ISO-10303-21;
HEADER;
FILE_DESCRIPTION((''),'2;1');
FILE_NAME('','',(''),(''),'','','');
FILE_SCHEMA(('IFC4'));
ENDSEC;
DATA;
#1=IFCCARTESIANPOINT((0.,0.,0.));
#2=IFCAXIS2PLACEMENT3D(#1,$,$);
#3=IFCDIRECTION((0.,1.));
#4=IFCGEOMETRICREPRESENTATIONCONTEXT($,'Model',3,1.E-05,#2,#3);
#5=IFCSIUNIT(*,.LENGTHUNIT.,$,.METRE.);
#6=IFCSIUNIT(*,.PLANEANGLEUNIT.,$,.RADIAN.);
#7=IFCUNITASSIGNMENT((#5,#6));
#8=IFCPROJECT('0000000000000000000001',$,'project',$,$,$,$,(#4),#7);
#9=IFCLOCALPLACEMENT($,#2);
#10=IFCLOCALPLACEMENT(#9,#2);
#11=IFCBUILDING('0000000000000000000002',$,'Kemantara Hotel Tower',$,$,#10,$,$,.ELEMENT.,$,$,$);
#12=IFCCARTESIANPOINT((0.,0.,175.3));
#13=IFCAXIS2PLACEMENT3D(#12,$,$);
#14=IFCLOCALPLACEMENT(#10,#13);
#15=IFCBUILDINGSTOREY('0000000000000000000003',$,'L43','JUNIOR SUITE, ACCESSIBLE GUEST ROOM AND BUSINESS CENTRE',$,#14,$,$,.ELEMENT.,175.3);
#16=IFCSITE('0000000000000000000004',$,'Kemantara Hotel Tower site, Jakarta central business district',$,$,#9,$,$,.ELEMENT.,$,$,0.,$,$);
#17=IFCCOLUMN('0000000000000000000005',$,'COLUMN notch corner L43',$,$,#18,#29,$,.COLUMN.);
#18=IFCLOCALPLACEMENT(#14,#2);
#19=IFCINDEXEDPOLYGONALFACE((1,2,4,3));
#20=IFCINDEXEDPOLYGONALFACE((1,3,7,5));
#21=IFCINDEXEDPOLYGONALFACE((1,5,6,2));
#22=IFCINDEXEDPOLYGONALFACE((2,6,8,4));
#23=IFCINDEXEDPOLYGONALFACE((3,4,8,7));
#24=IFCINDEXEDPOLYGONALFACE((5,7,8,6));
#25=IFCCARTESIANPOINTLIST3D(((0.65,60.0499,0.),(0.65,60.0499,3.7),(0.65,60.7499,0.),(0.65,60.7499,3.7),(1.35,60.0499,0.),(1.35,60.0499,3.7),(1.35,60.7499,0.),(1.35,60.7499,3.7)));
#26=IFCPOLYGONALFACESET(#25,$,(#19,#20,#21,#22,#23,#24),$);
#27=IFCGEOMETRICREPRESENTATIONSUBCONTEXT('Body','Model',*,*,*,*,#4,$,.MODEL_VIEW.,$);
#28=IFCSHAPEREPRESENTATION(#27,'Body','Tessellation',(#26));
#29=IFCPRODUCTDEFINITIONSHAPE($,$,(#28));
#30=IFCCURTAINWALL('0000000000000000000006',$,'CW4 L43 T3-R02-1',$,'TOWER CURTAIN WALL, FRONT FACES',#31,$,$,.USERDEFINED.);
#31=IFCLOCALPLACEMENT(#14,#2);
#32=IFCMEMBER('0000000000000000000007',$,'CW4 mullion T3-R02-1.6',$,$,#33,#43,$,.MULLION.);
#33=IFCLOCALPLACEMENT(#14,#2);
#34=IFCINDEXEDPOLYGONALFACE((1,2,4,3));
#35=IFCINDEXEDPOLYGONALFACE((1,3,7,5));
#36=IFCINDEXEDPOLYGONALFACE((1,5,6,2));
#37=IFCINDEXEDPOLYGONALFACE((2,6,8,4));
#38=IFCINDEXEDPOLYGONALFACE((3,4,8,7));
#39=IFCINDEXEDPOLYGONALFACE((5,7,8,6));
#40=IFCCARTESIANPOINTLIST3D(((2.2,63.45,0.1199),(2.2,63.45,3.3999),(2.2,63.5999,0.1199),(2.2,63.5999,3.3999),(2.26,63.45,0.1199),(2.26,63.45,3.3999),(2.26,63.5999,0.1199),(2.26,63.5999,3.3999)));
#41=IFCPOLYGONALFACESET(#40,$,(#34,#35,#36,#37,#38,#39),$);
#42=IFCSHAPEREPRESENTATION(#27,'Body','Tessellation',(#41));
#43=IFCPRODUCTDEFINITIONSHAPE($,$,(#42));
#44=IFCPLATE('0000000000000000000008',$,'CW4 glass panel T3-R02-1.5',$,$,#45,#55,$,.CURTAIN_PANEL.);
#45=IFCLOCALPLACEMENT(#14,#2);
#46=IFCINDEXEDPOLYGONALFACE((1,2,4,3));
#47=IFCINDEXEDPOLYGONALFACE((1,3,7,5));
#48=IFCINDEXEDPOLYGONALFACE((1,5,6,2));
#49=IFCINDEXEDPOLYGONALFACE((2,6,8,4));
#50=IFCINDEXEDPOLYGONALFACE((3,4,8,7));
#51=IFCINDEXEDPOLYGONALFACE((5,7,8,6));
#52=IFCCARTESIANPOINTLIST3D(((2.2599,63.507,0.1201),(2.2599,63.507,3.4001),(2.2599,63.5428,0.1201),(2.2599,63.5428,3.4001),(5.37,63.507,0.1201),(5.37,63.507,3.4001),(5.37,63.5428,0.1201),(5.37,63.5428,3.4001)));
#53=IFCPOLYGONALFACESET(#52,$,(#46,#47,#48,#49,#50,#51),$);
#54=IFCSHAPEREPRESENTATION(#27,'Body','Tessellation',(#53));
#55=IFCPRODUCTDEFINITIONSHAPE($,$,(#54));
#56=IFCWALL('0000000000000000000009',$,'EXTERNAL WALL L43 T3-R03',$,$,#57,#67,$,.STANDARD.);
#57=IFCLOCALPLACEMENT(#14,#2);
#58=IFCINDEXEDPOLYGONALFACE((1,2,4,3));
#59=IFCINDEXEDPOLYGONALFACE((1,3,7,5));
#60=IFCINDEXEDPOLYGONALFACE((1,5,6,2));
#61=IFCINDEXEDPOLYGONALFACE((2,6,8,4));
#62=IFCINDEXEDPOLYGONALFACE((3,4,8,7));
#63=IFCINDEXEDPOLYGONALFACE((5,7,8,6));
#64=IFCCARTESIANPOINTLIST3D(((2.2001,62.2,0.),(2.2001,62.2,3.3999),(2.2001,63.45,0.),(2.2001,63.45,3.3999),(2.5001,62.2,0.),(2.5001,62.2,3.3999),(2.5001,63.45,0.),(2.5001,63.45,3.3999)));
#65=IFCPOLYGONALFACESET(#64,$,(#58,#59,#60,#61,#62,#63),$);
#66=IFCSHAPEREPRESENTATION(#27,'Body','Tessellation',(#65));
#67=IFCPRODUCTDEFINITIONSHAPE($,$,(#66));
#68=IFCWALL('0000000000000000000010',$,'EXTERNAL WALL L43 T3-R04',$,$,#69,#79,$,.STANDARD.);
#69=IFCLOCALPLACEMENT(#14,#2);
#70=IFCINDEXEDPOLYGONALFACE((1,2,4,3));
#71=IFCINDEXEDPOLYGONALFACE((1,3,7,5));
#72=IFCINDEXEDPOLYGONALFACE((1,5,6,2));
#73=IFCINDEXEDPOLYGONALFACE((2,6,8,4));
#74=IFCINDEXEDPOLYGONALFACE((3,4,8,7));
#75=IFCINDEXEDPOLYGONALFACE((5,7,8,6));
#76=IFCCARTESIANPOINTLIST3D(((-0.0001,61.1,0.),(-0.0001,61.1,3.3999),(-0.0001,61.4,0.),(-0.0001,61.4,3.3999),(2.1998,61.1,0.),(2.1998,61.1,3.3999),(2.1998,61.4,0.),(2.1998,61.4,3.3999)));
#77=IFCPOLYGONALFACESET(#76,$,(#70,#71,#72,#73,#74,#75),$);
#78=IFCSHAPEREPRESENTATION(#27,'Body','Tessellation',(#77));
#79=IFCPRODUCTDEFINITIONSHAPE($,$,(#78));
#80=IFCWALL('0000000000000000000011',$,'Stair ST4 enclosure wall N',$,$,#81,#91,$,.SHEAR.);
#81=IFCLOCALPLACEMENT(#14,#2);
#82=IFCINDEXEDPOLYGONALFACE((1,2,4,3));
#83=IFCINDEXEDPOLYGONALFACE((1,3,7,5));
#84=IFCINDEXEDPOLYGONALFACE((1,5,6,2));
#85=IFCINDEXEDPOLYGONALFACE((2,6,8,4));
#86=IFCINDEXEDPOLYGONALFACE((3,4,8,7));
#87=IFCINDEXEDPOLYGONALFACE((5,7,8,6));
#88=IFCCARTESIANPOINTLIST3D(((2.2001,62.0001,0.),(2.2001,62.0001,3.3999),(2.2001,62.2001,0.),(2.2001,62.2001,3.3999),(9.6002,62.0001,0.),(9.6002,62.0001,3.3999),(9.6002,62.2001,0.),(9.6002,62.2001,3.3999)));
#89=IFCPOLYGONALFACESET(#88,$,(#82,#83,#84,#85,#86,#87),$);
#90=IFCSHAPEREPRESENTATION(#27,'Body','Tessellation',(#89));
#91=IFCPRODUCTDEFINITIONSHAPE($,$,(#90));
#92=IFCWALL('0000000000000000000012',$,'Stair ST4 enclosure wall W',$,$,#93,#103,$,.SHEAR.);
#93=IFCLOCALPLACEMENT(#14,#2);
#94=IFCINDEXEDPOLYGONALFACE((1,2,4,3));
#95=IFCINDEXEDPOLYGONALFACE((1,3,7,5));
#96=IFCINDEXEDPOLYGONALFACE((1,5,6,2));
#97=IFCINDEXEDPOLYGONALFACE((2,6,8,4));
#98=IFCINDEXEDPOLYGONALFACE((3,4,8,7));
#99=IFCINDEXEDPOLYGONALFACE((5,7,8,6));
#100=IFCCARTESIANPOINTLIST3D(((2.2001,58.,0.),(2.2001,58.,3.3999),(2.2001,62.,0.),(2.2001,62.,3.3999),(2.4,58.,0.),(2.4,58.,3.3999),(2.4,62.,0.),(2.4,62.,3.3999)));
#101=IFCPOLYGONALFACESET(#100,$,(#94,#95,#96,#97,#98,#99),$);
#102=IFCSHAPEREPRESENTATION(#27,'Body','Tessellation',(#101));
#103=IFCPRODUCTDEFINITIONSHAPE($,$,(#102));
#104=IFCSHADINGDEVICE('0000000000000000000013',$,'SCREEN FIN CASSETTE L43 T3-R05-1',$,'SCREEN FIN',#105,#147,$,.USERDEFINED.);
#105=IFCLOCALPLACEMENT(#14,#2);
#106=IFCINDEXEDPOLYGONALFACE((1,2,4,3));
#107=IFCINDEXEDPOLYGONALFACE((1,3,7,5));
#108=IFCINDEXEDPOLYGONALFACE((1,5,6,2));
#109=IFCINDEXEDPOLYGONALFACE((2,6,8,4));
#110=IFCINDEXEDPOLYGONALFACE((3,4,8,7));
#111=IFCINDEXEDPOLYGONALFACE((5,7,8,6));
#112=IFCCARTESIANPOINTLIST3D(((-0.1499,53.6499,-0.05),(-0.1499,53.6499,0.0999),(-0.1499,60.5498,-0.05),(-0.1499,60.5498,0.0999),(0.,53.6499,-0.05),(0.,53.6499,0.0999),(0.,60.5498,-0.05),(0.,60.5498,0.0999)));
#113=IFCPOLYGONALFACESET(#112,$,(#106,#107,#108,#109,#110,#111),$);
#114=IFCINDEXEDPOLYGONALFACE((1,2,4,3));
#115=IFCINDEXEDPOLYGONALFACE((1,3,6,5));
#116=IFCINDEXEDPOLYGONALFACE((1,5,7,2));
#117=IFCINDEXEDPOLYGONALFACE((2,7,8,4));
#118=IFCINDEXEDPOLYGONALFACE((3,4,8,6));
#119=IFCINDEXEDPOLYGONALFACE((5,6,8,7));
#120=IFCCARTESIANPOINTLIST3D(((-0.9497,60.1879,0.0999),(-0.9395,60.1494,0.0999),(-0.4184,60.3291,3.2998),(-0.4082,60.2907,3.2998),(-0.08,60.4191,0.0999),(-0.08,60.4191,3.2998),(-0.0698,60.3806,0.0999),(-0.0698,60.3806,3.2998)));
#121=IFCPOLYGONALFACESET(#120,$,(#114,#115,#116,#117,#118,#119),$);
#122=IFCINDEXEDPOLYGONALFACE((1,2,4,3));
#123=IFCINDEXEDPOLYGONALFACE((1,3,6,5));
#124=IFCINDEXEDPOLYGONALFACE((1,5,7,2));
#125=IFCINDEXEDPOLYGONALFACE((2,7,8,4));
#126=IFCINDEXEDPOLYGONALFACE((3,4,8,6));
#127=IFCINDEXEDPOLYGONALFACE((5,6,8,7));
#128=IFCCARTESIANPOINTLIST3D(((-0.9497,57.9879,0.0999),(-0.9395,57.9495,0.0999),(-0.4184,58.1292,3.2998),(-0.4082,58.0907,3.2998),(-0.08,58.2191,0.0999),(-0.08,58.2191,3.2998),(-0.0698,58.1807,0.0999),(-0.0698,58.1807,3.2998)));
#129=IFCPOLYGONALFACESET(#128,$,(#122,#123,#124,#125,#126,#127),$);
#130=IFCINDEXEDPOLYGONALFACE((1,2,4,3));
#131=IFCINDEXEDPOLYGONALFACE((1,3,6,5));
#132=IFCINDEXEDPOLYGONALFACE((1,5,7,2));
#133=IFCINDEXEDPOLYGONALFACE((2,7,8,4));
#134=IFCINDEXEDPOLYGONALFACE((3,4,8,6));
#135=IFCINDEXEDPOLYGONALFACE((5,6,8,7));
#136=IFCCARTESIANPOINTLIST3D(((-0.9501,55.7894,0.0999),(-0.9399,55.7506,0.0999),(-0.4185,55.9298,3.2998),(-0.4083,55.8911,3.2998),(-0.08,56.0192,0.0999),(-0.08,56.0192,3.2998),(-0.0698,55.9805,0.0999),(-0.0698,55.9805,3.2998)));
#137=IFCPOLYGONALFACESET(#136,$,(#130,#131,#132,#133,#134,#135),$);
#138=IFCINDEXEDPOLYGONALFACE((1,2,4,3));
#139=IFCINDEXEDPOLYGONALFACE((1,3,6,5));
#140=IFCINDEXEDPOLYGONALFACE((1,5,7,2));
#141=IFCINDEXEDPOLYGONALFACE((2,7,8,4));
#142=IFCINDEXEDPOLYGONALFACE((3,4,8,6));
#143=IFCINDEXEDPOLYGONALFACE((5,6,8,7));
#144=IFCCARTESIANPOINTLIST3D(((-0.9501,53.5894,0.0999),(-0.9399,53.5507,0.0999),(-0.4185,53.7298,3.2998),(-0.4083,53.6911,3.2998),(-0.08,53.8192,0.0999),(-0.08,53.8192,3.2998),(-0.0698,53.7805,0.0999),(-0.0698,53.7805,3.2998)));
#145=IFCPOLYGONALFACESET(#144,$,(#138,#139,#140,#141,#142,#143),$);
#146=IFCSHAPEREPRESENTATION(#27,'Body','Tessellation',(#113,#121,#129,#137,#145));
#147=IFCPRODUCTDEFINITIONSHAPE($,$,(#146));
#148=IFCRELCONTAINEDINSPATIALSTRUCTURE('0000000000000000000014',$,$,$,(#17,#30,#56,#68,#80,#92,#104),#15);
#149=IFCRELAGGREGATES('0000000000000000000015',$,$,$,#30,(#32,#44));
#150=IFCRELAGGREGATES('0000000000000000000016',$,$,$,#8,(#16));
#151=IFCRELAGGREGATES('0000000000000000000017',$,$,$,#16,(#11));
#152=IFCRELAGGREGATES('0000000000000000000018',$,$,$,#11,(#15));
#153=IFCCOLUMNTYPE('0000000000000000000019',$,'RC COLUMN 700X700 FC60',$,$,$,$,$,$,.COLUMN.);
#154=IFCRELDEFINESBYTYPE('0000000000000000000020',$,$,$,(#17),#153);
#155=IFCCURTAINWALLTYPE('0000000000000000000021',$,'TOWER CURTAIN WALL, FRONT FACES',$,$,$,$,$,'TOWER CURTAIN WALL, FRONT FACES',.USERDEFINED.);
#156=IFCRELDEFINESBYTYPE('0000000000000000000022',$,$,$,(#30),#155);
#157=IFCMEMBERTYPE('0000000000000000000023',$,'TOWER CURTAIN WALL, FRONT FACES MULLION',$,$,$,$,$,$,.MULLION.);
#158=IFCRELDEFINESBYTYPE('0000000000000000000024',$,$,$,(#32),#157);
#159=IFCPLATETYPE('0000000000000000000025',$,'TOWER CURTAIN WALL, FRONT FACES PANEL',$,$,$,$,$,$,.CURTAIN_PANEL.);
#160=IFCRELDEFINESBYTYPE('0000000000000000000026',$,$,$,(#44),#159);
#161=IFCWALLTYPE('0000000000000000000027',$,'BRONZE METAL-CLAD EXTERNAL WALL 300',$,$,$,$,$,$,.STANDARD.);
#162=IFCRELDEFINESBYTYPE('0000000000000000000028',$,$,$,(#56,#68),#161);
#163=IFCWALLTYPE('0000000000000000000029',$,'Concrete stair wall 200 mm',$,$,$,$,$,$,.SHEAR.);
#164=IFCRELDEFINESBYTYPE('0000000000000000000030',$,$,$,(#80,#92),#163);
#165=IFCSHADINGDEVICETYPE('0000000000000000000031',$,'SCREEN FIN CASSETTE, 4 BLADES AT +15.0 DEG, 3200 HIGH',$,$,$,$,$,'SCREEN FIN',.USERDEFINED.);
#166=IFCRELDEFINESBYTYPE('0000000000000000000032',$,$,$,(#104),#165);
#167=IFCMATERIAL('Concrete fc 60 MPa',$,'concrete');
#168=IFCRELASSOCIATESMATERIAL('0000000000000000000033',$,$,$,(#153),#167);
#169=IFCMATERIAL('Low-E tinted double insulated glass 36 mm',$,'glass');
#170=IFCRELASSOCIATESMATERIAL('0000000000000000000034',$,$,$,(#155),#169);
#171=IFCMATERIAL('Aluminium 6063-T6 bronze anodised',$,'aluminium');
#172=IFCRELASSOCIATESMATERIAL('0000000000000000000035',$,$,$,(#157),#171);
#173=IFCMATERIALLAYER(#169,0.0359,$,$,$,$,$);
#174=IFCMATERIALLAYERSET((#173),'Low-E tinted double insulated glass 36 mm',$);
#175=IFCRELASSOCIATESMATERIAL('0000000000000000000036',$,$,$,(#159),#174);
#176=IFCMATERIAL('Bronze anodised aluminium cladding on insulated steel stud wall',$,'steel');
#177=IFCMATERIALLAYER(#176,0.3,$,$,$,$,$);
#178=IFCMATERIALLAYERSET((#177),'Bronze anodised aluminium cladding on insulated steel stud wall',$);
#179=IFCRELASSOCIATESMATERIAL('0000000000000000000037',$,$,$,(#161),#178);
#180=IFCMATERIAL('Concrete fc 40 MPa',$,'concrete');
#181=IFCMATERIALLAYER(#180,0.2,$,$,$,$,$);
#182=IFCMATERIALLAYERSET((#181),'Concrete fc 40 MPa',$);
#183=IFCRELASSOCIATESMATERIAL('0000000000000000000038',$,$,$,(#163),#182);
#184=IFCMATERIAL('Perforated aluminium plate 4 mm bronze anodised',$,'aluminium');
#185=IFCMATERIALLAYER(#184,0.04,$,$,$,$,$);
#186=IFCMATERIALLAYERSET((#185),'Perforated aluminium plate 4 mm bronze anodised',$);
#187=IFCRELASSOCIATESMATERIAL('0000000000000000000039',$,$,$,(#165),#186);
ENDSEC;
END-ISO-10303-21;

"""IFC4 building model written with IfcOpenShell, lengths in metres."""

from ifc_helpers import new_model, si_unit, direction, frame, frame_2d, origin, origin_2d, place, context, subcontext, project, spatial, polyline, rectangle, outline, extrude, source, transform, mapped, material, layer, layer_set, material_profile, profile_set, type_object, element, aggregate, save


model = new_model("IFC4")

# Units and contexts
model_context = context("Model", 3, precision=1e-05, world=origin(), true_north=direction((0.0, 1.0)))
body_context = subcontext(model_context, "Body", "Model", "MODEL_VIEW")
ifc_project = project(units=[si_unit("LENGTHUNIT", "METRE"), si_unit("PLANEANGLEUNIT", "RADIAN")], contexts=[model_context])

# Site, building, storey
site_placement = place(None, origin())
site = spatial("IfcSite", under=ifc_project, at=site_placement, Name="Kemantara Hotel Tower site, Jakarta central business district", CompositionType="ELEMENT", RefElevation=0.0)
building_placement = place(site_placement, origin())
building = spatial("IfcBuilding", under=site, at=building_placement, Name="Kemantara Hotel Tower", CompositionType="ELEMENT")
storey_placement = place(building_placement, frame((0.0, 0.0, 175.3)))
storey = spatial("IfcBuildingStorey", under=building, at=storey_placement, Name="L43", Description="JUNIOR SUITE, ACCESSIBLE GUEST ROOM AND BUSINESS CENTRE", CompositionType="ELEMENT", Elevation=175.3)

# Column
ifc_material_1 = material(Name="Concrete fc 60 MPa", Category="concrete")
ifc_material_profile_1 = material_profile(ifc_material_1, rectangle(XDim=0.7, YDim=0.7, at=origin_2d()), Name="RC 700X700")
ifc_profile_set_1 = profile_set([ifc_material_profile_1], Name="Concrete fc 60 MPa")
column_type = type_object("IfcColumnType", Name="RC COLUMN 700X700 FC60", PredefinedType="COLUMN", material=ifc_profile_set_1)
column_placement = place(storey_placement, frame((1.0, 60.3999, 0.0), z_axis=(0.0, 0.0, 1.0), x_axis=(1.0, 0.0, 0.0)))
element("IfcColumn", 1, at=column_placement, inside=storey, type_object=column_type, Name="COLUMN notch corner L43", PredefinedType="COLUMN", context=body_context, shape_type="SweptSolid", body=[
    extrude(rectangle(XDim=0.7, YDim=0.7, at=origin_2d()), origin(), (0.0, 0.0, 1.0), 3.7),
])

# Curtain wall, member, plate
ifc_material_2 = material(Name="Low-E tinted double insulated glass 36 mm", Category="glass")
curtain_wall_type = type_object("IfcCurtainWallType", Name="TOWER CURTAIN WALL, FRONT FACES", ElementType="TOWER CURTAIN WALL, FRONT FACES", PredefinedType="USERDEFINED", material=ifc_material_2)
curtain_wall_placement = place(storey_placement, origin())
curtain_wall = element("IfcCurtainWall", 2, at=curtain_wall_placement, inside=storey, type_object=curtain_wall_type, Name="CW4 L43 T3-R02-1", ObjectType="TOWER CURTAIN WALL, FRONT FACES", PredefinedType="USERDEFINED")
ifc_material_3 = material(Name="Aluminium 6063-T6 bronze anodised", Category="aluminium")
ifc_material_profile_2 = material_profile(ifc_material_3, rectangle(XDim=0.1499, YDim=0.0601, at=origin_2d()), Name="TOWER CURTAIN WALL, FRONT FACES MULLION")
ifc_profile_set_2 = profile_set([ifc_material_profile_2], Name="Aluminium 6063-T6 bronze anodised")
member_type = type_object("IfcMemberType", Name="TOWER CURTAIN WALL, FRONT FACES MULLION", PredefinedType="MULLION", material=ifc_profile_set_2)
shared_shape_1 = source(origin(), body_context, "Body", "SweptSolid", [
    extrude(rectangle(XDim=0.1499, YDim=0.0601, at=origin_2d()), origin(), (0.0, 0.0, 1.0), 3.28),
])
member_placement = place(storey_placement, frame((2.23, 63.5249, 0.1199), z_axis=(0.0, 0.0, 1.0), x_axis=(0.0, -1.0, 0.0)))
member = element("IfcMember", 3, at=member_placement, type_object=member_type, Name="CW4 mullion T3-R02-1.6", PredefinedType="MULLION", context=body_context, shape_type="MappedRepresentation", body=[
    mapped(shared_shape_1, transform((0.0, 0.0, 0.0))),
])
ifc_layer_1 = layer(ifc_material_2, 0.0359)
ifc_layer_set_1 = layer_set([ifc_layer_1], Name="Low-E tinted double insulated glass 36 mm")
plate_type = type_object("IfcPlateType", Name="TOWER CURTAIN WALL, FRONT FACES PANEL", PredefinedType="CURTAIN_PANEL", material=ifc_layer_set_1)
shared_shape_2 = source(origin(), body_context, "Body", "SweptSolid", [
    extrude(rectangle(XDim=3.1101, YDim=0.0359, at=origin_2d()), origin(), (0.0, 0.0, 1.0), 3.28),
])
plate_placement = place(storey_placement, frame((3.8149, 63.5249, 0.1201), z_axis=(0.0, 0.0, 1.0), x_axis=(-1.0, 0.0, 0.0)))
plate = element("IfcPlate", 4, at=plate_placement, type_object=plate_type, Name="CW4 glass panel T3-R02-1.5", PredefinedType="CURTAIN_PANEL", context=body_context, shape_type="MappedRepresentation", body=[
    mapped(shared_shape_2, transform((0.0, 0.0, 0.0))),
])
aggregate(curtain_wall, [member, plate])

# Walls
ifc_material_4 = material(Name="Bronze anodised aluminium cladding on insulated steel stud wall", Category="steel")
ifc_layer_2 = layer(ifc_material_4, 0.3)
ifc_layer_set_2 = layer_set([ifc_layer_2], Name="Bronze anodised aluminium cladding on insulated steel stud wall")
wall_type_1 = type_object("IfcWallType", Name="BRONZE METAL-CLAD EXTERNAL WALL 300", PredefinedType="STANDARD", material=ifc_layer_set_2)
wall_1_placement = place(storey_placement, frame((2.3501, 63.45, 0.0), z_axis=(0.0, 0.0, 1.0), x_axis=(0.0, -1.0, 0.0)))
element("IfcWall", 5, at=wall_1_placement, inside=storey, type_object=wall_type_1, Name="EXTERNAL WALL L43 T3-R03", PredefinedType="STANDARD", context=body_context, shape_type="SweptSolid", body=[
    extrude(rectangle(XDim=1.25, YDim=0.3, at=frame_2d((0.625, 0.0))), origin(), (0.0, 0.0, 1.0), 3.3999),
])
wall_2_placement = place(storey_placement, frame((2.2, 61.25, 0.0), z_axis=(0.0, 0.0, 1.0), x_axis=(-1.0, 0.0, 0.0)))
element("IfcWall", 6, at=wall_2_placement, inside=storey, type_object=wall_type_1, Name="EXTERNAL WALL L43 T3-R04", PredefinedType="STANDARD", context=body_context, shape_type="SweptSolid", body=[
    extrude(rectangle(XDim=2.2, YDim=0.3, at=frame_2d((1.1001, 0.0))), origin(), (0.0, 0.0, 1.0), 3.3999),
])

# Walls
ifc_material_5 = material(Name="Concrete fc 40 MPa", Category="concrete")
ifc_layer_3 = layer(ifc_material_5, 0.2)
ifc_layer_set_3 = layer_set([ifc_layer_3], Name="Concrete fc 40 MPa")
wall_type_2 = type_object("IfcWallType", Name="Concrete stair wall 200 mm", PredefinedType="SHEAR", material=ifc_layer_set_3)
wall_3_placement = place(storey_placement, frame((2.2, 62.1001, 0.0), z_axis=(0.0, 0.0, 1.0), x_axis=(1.0, 0.0, 0.0)))
element("IfcWall", 7, at=wall_3_placement, inside=storey, type_object=wall_type_2, Name="Stair ST4 enclosure wall N", PredefinedType="SHEAR", context=body_context, shape_type="SweptSolid", body=[
    extrude(rectangle(XDim=7.4001, YDim=0.2, at=frame_2d((3.7002, 0.0))), origin(), (0.0, 0.0, 1.0), 3.3999),
])
wall_4_placement = place(storey_placement, frame((2.3, 58.0, 0.0), z_axis=(0.0, 0.0, 1.0), x_axis=(0.0, 1.0, 0.0)))
element("IfcWall", 8, at=wall_4_placement, inside=storey, type_object=wall_type_2, Name="Stair ST4 enclosure wall W", PredefinedType="SHEAR", context=body_context, shape_type="SweptSolid", body=[
    extrude(rectangle(XDim=4.0, YDim=0.2, at=frame_2d((2.0, 0.0))), origin(), (0.0, 0.0, 1.0), 3.3999),
])

# Shading device
ifc_material_6 = material(Name="Perforated aluminium plate 4 mm bronze anodised", Category="aluminium")
ifc_layer_4 = layer(ifc_material_6, 0.04)
ifc_layer_set_4 = layer_set([ifc_layer_4], Name="Perforated aluminium plate 4 mm bronze anodised")
shading_device_type = type_object("IfcShadingDeviceType", Name="SCREEN FIN CASSETTE, 4 BLADES AT +15.0 DEG, 3200 HIGH", ElementType="SCREEN FIN", PredefinedType="USERDEFINED", material=ifc_layer_set_4)
shared_shape_3 = source(origin(), body_context, "Body", "SweptSolid", [
    extrude(rectangle(XDim=6.8999, YDim=0.1499, at=origin_2d()), frame((3.3, -0.075, -0.1499), z_axis=(0.0, 0.0, 1.0), x_axis=(1.0, 0.0, 0.0)), (0.0, 0.0, 1.0), 0.1499),
    extrude(outline(polyline([(0.0, 0.0), (0.8999, 0.0), (0.3501, 3.2), (0.0, 3.2), (0.0, 0.0)])), frame((0.0193, -0.0698, 0.0), z_axis=(-0.966438, -0.256901, 0.0), x_axis=(0.256901, -0.966438, 0.0)), (0.0, 0.0, 1.0), 0.0398),
    extrude(outline(polyline([(0.0, 0.0), (0.8999, 0.0), (0.3501, 3.2), (0.0, 3.2), (0.0, 0.0)])), frame((2.2192, -0.0698, 0.0), z_axis=(-0.966438, -0.256901, 0.0), x_axis=(0.256901, -0.966438, 0.0)), (0.0, 0.0, 1.0), 0.0398),
    extrude(outline(polyline([(0.0, 0.0), (0.8999, 0.0), (0.3501, 3.2), (0.0, 3.2), (0.0, 0.0)])), frame((4.4194, -0.0698, 0.0), z_axis=(-0.966838, -0.255391, 0.0), x_axis=(0.255391, -0.966838, 0.0)), (0.0, 0.0, 1.0), 0.04),
    extrude(outline(polyline([(0.0, 0.0), (0.8999, 0.0), (0.3501, 3.2), (0.0, 3.2), (0.0, 0.0)])), frame((6.6194, -0.0698, 0.0), z_axis=(-0.966838, -0.255391, 0.0), x_axis=(0.255391, -0.966838, 0.0)), (0.0, 0.0, 1.0), 0.04),
])
shading_device_placement = place(storey_placement, frame((0.0, 60.3999, 0.0999), z_axis=(0.0, 0.0, 1.0), x_axis=(0.0, -1.0, 0.0)))
element("IfcShadingDevice", 9, at=shading_device_placement, inside=storey, type_object=shading_device_type, Name="SCREEN FIN CASSETTE L43 T3-R05-1", ObjectType="SCREEN FIN", PredefinedType="USERDEFINED", context=body_context, shape_type="MappedRepresentation", body=[
    mapped(shared_shape_3, transform((0.0, 0.0, 0.0))),
])

save(model, "model.ifc")
